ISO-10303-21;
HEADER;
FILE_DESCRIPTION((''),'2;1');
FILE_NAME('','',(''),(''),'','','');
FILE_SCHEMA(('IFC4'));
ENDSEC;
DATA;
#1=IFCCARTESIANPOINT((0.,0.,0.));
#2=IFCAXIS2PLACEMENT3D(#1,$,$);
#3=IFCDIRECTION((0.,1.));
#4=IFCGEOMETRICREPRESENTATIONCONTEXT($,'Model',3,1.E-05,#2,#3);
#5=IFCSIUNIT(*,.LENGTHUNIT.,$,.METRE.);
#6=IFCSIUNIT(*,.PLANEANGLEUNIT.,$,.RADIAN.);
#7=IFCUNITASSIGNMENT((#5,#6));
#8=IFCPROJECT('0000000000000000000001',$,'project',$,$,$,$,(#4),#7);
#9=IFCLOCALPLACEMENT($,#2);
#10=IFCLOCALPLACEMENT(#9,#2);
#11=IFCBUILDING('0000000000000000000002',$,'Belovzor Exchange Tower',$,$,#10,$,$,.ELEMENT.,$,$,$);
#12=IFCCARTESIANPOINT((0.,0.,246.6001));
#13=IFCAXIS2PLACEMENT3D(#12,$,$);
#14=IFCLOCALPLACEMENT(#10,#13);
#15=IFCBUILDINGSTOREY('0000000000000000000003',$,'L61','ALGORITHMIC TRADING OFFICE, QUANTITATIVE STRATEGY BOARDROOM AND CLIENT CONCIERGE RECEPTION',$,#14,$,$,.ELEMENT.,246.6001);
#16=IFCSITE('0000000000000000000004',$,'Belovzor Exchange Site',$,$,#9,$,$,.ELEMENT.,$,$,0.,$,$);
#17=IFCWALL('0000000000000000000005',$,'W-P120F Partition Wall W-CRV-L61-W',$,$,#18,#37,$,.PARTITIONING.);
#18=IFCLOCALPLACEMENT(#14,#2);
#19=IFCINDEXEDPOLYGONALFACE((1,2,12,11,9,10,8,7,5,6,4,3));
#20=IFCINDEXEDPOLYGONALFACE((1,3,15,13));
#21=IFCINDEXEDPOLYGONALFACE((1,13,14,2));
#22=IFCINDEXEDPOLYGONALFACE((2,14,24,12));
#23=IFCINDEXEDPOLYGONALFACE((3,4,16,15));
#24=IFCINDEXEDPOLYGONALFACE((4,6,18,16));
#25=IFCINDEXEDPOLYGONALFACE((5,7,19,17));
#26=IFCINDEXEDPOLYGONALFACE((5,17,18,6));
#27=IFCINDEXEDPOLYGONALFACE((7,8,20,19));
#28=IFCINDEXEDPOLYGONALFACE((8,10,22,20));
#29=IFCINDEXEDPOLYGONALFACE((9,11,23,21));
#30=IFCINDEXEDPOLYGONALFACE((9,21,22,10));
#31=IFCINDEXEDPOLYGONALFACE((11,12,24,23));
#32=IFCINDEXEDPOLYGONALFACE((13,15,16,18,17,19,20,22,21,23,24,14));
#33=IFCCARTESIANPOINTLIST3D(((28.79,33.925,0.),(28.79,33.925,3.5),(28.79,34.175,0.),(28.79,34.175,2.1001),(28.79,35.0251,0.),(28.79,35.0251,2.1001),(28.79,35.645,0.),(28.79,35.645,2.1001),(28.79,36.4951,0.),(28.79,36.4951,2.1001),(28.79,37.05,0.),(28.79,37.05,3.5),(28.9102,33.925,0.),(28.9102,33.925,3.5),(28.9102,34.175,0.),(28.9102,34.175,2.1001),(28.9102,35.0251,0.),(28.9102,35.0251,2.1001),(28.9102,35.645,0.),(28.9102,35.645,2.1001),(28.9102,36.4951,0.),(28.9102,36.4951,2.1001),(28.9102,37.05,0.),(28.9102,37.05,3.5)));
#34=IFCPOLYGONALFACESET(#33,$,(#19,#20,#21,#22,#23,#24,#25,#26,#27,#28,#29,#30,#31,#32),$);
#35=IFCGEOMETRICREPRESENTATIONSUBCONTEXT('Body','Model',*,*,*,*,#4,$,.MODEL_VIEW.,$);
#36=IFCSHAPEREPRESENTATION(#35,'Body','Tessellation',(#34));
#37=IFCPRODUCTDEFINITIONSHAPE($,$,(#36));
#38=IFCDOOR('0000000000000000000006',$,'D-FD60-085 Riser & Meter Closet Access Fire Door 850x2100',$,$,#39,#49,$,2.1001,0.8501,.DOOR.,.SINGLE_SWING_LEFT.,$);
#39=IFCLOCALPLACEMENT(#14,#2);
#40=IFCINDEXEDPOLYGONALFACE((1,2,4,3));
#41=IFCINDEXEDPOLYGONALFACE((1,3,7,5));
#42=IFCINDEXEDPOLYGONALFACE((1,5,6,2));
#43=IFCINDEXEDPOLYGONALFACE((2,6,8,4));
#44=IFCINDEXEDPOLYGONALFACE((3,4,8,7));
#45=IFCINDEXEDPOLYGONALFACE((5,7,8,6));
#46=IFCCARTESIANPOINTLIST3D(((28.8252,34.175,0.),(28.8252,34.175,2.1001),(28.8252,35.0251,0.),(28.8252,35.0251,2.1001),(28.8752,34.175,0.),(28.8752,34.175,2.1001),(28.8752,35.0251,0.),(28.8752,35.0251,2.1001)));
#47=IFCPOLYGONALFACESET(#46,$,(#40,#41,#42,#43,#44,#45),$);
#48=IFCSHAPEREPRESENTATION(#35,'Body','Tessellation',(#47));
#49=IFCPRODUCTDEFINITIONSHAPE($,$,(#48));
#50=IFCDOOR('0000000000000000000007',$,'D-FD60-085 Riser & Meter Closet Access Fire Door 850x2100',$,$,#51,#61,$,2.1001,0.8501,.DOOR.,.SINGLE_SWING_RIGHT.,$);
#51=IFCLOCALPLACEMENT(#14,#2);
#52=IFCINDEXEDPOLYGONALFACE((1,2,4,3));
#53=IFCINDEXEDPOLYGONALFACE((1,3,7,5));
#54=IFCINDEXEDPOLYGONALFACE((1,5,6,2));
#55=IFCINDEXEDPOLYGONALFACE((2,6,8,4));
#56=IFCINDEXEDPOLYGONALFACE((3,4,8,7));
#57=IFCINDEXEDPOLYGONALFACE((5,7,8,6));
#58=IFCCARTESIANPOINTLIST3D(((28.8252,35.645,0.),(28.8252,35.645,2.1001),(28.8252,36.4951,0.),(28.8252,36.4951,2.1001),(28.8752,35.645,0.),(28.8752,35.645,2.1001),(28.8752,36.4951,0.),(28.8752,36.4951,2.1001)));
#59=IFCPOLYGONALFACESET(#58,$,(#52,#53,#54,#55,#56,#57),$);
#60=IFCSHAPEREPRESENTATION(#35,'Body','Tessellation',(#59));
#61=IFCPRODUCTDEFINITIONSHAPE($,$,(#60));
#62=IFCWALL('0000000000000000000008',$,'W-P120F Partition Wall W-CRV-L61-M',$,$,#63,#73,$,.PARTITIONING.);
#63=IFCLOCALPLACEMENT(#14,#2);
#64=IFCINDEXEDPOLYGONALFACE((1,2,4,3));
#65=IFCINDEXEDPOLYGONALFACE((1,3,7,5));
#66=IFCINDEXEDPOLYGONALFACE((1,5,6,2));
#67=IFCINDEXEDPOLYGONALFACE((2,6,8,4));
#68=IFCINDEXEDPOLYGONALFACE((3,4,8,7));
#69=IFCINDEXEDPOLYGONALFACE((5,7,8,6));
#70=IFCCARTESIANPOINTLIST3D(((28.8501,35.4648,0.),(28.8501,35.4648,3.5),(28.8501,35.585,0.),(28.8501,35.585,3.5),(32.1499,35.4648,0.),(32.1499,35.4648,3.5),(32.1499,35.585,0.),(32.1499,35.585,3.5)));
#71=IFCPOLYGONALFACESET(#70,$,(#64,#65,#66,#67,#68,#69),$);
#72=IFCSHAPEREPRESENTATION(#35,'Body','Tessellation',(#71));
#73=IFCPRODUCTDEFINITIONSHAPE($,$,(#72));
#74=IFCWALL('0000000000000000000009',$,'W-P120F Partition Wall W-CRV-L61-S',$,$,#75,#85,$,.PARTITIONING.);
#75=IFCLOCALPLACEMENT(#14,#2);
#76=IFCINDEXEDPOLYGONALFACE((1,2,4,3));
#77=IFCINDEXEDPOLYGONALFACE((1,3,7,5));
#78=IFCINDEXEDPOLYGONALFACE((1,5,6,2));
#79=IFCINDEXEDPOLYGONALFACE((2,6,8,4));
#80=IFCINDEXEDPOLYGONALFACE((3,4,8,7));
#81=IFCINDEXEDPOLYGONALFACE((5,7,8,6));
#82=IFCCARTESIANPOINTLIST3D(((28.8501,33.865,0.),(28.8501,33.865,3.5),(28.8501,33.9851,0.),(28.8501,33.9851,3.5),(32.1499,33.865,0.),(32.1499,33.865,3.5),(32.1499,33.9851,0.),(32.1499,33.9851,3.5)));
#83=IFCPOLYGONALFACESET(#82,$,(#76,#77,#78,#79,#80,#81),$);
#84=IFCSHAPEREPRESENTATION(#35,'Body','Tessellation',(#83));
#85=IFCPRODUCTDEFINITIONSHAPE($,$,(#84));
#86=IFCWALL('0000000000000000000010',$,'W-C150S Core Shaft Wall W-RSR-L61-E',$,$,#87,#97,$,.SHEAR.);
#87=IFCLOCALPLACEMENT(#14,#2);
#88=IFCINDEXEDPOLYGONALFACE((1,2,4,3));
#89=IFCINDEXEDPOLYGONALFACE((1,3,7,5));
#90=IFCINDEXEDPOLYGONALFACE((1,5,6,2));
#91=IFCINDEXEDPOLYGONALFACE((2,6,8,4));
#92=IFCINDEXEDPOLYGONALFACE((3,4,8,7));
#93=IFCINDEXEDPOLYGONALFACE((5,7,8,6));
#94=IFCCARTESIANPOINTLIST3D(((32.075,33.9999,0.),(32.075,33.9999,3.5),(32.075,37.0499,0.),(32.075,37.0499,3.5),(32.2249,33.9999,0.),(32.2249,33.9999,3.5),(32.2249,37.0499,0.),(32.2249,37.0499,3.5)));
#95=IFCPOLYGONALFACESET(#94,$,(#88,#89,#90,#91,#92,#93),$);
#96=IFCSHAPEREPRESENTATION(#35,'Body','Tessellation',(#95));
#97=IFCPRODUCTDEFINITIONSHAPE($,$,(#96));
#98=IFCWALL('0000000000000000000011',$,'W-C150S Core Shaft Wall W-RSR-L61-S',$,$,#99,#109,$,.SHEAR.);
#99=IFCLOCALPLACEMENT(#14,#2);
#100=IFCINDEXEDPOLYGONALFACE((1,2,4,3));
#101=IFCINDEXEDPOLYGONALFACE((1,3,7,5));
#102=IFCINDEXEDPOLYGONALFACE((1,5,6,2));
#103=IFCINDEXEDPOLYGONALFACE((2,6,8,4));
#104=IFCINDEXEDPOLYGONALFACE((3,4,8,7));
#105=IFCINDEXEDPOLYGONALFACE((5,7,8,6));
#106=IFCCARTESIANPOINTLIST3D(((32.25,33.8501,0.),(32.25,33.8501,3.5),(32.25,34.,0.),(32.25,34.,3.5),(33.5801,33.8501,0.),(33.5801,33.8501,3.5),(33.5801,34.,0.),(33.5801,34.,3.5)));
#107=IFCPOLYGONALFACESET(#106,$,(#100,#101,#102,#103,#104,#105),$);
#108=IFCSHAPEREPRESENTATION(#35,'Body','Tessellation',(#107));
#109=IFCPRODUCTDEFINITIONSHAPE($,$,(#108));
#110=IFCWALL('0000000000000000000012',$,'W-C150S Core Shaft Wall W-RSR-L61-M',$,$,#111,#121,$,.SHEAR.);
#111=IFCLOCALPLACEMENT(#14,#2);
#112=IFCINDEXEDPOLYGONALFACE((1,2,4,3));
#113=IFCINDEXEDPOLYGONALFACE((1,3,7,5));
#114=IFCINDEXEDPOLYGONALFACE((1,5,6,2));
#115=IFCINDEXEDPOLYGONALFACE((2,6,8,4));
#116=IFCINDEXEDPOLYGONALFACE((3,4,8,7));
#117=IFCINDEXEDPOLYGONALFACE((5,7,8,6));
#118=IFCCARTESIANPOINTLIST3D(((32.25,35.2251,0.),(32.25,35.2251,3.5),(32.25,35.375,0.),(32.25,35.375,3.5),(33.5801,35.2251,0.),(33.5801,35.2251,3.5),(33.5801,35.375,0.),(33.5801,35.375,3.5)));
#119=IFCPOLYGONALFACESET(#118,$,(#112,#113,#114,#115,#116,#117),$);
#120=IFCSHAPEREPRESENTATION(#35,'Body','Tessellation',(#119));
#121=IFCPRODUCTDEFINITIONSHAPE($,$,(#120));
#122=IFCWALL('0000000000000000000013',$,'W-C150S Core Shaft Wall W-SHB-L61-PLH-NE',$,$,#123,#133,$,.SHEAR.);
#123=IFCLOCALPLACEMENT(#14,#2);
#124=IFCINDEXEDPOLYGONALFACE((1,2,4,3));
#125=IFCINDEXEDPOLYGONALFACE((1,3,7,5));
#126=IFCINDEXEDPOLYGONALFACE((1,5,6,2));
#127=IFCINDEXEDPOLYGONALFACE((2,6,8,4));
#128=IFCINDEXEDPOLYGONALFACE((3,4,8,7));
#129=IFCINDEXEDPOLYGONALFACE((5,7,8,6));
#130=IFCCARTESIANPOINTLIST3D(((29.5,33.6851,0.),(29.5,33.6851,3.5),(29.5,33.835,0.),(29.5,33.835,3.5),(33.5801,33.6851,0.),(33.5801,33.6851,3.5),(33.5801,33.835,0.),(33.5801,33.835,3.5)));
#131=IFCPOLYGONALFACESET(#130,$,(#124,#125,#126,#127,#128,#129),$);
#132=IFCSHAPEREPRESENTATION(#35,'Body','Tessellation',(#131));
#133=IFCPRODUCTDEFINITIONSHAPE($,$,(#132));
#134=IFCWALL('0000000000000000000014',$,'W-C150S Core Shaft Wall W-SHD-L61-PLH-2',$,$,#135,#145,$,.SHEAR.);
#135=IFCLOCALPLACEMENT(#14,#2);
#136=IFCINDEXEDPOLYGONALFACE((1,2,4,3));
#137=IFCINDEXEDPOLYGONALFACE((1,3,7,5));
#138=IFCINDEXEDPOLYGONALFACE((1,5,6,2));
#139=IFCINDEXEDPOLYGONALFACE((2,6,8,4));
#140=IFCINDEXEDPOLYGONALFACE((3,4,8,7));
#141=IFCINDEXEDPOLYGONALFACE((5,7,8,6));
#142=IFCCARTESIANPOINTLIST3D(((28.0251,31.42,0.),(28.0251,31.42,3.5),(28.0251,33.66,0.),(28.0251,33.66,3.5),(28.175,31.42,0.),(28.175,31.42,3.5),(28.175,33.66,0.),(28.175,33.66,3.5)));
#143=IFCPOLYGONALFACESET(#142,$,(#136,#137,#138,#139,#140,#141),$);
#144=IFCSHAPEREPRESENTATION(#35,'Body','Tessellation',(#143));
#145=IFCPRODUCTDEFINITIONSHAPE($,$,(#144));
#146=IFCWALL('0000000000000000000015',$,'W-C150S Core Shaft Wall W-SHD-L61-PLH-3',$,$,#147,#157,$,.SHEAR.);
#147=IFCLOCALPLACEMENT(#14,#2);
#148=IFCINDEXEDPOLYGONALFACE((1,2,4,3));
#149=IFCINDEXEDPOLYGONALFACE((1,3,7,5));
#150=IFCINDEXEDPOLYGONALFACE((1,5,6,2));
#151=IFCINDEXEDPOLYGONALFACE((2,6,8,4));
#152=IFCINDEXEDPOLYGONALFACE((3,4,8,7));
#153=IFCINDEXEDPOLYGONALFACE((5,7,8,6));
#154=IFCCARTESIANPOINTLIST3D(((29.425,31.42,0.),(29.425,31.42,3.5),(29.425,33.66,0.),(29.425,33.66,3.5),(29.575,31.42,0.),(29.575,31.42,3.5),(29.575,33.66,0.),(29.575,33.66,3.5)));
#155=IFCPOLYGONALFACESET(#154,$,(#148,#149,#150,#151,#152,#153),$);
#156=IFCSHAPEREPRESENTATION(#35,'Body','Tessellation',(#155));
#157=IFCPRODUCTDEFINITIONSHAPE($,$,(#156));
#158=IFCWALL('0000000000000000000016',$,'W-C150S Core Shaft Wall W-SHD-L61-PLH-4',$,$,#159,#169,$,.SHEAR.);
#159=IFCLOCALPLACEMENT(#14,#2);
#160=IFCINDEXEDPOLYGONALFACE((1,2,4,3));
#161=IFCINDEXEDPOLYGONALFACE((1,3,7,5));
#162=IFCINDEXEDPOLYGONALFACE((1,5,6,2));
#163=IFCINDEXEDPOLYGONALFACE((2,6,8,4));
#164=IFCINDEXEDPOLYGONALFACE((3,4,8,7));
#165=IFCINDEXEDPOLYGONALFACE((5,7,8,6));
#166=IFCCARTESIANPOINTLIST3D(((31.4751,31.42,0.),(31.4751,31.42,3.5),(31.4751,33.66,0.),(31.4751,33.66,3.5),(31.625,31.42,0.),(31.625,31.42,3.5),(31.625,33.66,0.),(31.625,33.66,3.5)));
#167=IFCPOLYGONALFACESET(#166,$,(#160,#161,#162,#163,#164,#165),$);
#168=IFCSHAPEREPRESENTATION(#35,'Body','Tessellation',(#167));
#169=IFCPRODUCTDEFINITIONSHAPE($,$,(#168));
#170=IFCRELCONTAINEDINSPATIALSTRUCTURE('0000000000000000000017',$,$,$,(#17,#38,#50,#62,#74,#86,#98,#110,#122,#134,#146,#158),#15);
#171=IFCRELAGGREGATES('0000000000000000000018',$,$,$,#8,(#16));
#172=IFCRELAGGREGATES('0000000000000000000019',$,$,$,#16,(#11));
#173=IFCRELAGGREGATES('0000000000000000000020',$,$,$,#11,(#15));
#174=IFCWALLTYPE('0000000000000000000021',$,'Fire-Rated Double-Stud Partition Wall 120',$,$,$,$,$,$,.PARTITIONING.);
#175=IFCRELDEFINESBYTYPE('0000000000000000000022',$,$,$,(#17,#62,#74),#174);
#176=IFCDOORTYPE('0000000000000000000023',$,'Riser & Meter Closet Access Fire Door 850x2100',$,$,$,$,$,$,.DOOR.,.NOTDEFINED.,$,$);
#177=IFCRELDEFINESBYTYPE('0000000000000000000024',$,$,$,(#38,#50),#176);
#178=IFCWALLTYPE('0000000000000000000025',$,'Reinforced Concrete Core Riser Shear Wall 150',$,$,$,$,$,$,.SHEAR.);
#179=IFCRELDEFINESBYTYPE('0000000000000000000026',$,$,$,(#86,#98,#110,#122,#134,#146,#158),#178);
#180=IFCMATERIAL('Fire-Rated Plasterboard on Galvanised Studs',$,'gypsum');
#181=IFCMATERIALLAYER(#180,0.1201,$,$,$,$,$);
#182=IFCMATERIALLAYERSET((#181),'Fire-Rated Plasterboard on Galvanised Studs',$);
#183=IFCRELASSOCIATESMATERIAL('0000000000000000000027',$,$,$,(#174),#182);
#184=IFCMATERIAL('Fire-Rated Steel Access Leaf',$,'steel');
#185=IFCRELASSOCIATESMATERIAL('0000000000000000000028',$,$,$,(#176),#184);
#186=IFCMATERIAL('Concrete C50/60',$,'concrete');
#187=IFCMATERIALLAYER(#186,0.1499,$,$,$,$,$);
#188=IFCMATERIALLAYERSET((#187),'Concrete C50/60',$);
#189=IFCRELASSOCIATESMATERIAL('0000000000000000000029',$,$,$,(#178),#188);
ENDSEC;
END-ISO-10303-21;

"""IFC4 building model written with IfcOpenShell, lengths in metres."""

from ifc_helpers import new_model, si_unit, direction, frame, frame_2d, origin, place, context, subcontext, project, spatial, rectangle, extrude, material, layer, layer_set, type_object, element, fill, save


model = new_model("IFC4")

# Units and contexts
model_context = context("Model", 3, precision=1e-05, world=origin(), true_north=direction((0.0, 1.0)))
body_context = subcontext(model_context, "Body", "Model", "MODEL_VIEW")
ifc_project = project(units=[si_unit("LENGTHUNIT", "METRE"), si_unit("PLANEANGLEUNIT", "RADIAN")], contexts=[model_context])

# Site, building, storey
site_placement = place(None, origin())
site = spatial("IfcSite", under=ifc_project, at=site_placement, Name="Belovzor Exchange Site", CompositionType="ELEMENT", RefElevation=0.0)
building_placement = place(site_placement, origin())
building = spatial("IfcBuilding", under=site, at=building_placement, Name="Belovzor Exchange Tower", CompositionType="ELEMENT")
storey_placement = place(building_placement, frame((0.0, 0.0, 246.6001)))
storey = spatial("IfcBuildingStorey", under=building, at=storey_placement, Name="L61", Description="ALGORITHMIC TRADING OFFICE, QUANTITATIVE STRATEGY BOARDROOM AND CLIENT CONCIERGE RECEPTION", CompositionType="ELEMENT", Elevation=246.6001)

# Wall, openings, doors
ifc_material_1 = material(Name="Fire-Rated Plasterboard on Galvanised Studs", Category="gypsum")
ifc_layer_1 = layer(ifc_material_1, 0.1201)
ifc_layer_set_1 = layer_set([ifc_layer_1], Name="Fire-Rated Plasterboard on Galvanised Studs")
wall_type_1 = type_object("IfcWallType", Name="Fire-Rated Double-Stud Partition Wall 120", PredefinedType="PARTITIONING", material=ifc_layer_set_1)
wall_1_placement = place(storey_placement, frame((28.8501, 33.925, 0.0), z_axis=(0.0, 0.0, 1.0), x_axis=(0.0, 1.0, 0.0)))
wall_1 = element("IfcWall", 1, at=wall_1_placement, inside=storey, type_object=wall_type_1, Name="W-P120F Partition Wall W-CRV-L61-W", PredefinedType="PARTITIONING", context=body_context, shape_type="SweptSolid", body=[
    extrude(rectangle(XDim=3.125, YDim=0.1201, at=frame_2d((1.5625, 0.0))), origin(), (0.0, 0.0, 1.0), 3.5),
])
opening_1_placement = place(wall_1_placement, frame((0.25, 0.0, 0.0)))
opening_1 = element("IfcOpeningElement", 2, at=opening_1_placement, cuts=wall_1, PredefinedType="OPENING", context=body_context, shape_type="SweptSolid", body=[
    extrude(rectangle(XDim=0.8501, YDim=2.1001, at=frame_2d((0.425, 1.05))), frame((0.0, 0.0701, 0.0), z_axis=(0.0, -1.0, 0.0), x_axis=(1.0, 0.0, 0.0)), (0.0, 0.0, 1.0), 0.1401),
])
opening_2_placement = place(wall_1_placement, frame((1.72, 0.0, 0.0)))
opening_2 = element("IfcOpeningElement", 3, at=opening_2_placement, cuts=wall_1, PredefinedType="OPENING", context=body_context, shape_type="SweptSolid", body=[
    extrude(rectangle(XDim=0.8501, YDim=2.1001, at=frame_2d((0.425, 1.05))), frame((0.0, 0.0701, 0.0), z_axis=(0.0, -1.0, 0.0), x_axis=(1.0, 0.0, 0.0)), (0.0, 0.0, 1.0), 0.1401),
])
ifc_material_2 = material(Name="Fire-Rated Steel Access Leaf", Category="steel")
door_type_1 = type_object("IfcDoorType", Name="Riser & Meter Closet Access Fire Door 850x2100", OperationType="NOTDEFINED", PredefinedType="DOOR", material=ifc_material_2)
door_1_placement = place(opening_1_placement, origin())
door_1 = element("IfcDoor", 4, at=door_1_placement, inside=storey, type_object=door_type_1, Name="D-FD60-085 Riser & Meter Closet Access Fire Door 850x2100", OperationType="SINGLE_SWING_LEFT", OverallHeight=2.1001, OverallWidth=0.8501, PredefinedType="DOOR", context=body_context, shape_type="SweptSolid", body=[
    extrude(rectangle(XDim=0.8501, YDim=2.1001, at=frame_2d((0.425, 1.05))), frame((0.0, 0.0249, 0.0), z_axis=(0.0, -1.0, 0.0), x_axis=(1.0, 0.0, 0.0)), (0.0, 0.0, 1.0), 0.05),
])
fill(opening_1, door_1)
door_2_placement = place(opening_2_placement, origin())
door_2 = element("IfcDoor", 5, at=door_2_placement, inside=storey, type_object=door_type_1, Name="D-FD60-085 Riser & Meter Closet Access Fire Door 850x2100", OperationType="SINGLE_SWING_RIGHT", OverallHeight=2.1001, OverallWidth=0.8501, PredefinedType="DOOR", context=body_context, shape_type="SweptSolid", body=[
    extrude(rectangle(XDim=0.8501, YDim=2.1001, at=frame_2d((0.425, 1.05))), frame((0.0, 0.0249, 0.0), z_axis=(0.0, -1.0, 0.0), x_axis=(1.0, 0.0, 0.0)), (0.0, 0.0, 1.0), 0.05),
])
fill(opening_2, door_2)

# Walls
for number, where, z_axis, x_axis, name in (
    (6, (28.8501, 35.5249, 0.0), (0.0, 0.0, 1.0), (1.0, 0.0, 0.0), "W-P120F Partition Wall W-CRV-L61-M"),
    (7, (28.8501, 33.925, 0.0), (0.0, 0.0, 1.0), (1.0, 0.0, 0.0), "W-P120F Partition Wall W-CRV-L61-S"),
):
    element("IfcWall", number, at=place(storey_placement, frame(where, z_axis=z_axis, x_axis=x_axis)), inside=storey, type_object=wall_type_1, Name=name, PredefinedType="PARTITIONING", context=body_context, shape_type="SweptSolid", body=[
        extrude(rectangle(XDim=3.2998, YDim=0.1201, at=frame_2d((1.6499, 0.0))), origin(), (0.0, 0.0, 1.0), 3.5),
    ])
ifc_material_3 = material(Name="Concrete C50/60", Category="concrete")
ifc_layer_2 = layer(ifc_material_3, 0.1499)
ifc_layer_set_2 = layer_set([ifc_layer_2], Name="Concrete C50/60")
wall_type_2 = type_object("IfcWallType", Name="Reinforced Concrete Core Riser Shear Wall 150", PredefinedType="SHEAR", material=ifc_layer_set_2)
wall_2_placement = place(storey_placement, frame((32.1499, 34.0, 0.0), z_axis=(0.0, 0.0, 1.0), x_axis=(0.0, 1.0, 0.0)))
element("IfcWall", 8, at=wall_2_placement, inside=storey, type_object=wall_type_2, Name="W-C150S Core Shaft Wall W-RSR-L61-E", PredefinedType="SHEAR", context=body_context, shape_type="SweptSolid", body=[
    extrude(rectangle(XDim=3.05, YDim=0.1499, at=frame_2d((1.5249, 0.0))), origin(), (0.0, 0.0, 1.0), 3.5),
])
for number, where, z_axis, x_axis, name in (
    (9, (32.25, 33.925, 0.0), (0.0, 0.0, 1.0), (1.0, 0.0, 0.0), "W-C150S Core Shaft Wall W-RSR-L61-S"),
    (10, (32.25, 35.3, 0.0), (0.0, 0.0, 1.0), (1.0, 0.0, 0.0), "W-C150S Core Shaft Wall W-RSR-L61-M"),
):
    element("IfcWall", number, at=place(storey_placement, frame(where, z_axis=z_axis, x_axis=x_axis)), inside=storey, type_object=wall_type_2, Name=name, PredefinedType="SHEAR", context=body_context, shape_type="SweptSolid", body=[
        extrude(rectangle(XDim=1.3301, YDim=0.1499, at=frame_2d((0.665, 0.0))), origin(), (0.0, 0.0, 1.0), 3.5),
    ])
wall_3_placement = place(storey_placement, frame((29.5, 33.76, 0.0), z_axis=(0.0, 0.0, 1.0), x_axis=(1.0, 0.0, 0.0)))
element("IfcWall", 11, at=wall_3_placement, inside=storey, type_object=wall_type_2, Name="W-C150S Core Shaft Wall W-SHB-L61-PLH-NE", PredefinedType="SHEAR", context=body_context, shape_type="SweptSolid", body=[
    extrude(rectangle(XDim=4.0801, YDim=0.1499, at=frame_2d((2.04, 0.0))), origin(), (0.0, 0.0, 1.0), 3.5),
])
for number, where, z_axis, x_axis, name in (
    (12, (28.1001, 31.4199, 0.0), (0.0, 0.0, 1.0), (0.0, 1.0, 0.0), "W-C150S Core Shaft Wall W-SHD-L61-PLH-2"),
    (13, (29.5, 31.4199, 0.0), (0.0, 0.0, 1.0), (0.0, 1.0, 0.0), "W-C150S Core Shaft Wall W-SHD-L61-PLH-3"),
    (14, (31.55, 31.4199, 0.0), (0.0, 0.0, 1.0), (0.0, 1.0, 0.0), "W-C150S Core Shaft Wall W-SHD-L61-PLH-4"),
):
    element("IfcWall", number, at=place(storey_placement, frame(where, z_axis=z_axis, x_axis=x_axis)), inside=storey, type_object=wall_type_2, Name=name, PredefinedType="SHEAR", context=body_context, shape_type="SweptSolid", body=[
        extrude(rectangle(XDim=2.24, YDim=0.1499, at=frame_2d((1.1201, 0.0))), origin(), (0.0, 0.0, 1.0), 3.5),
    ])

save(model, "model.ifc")
